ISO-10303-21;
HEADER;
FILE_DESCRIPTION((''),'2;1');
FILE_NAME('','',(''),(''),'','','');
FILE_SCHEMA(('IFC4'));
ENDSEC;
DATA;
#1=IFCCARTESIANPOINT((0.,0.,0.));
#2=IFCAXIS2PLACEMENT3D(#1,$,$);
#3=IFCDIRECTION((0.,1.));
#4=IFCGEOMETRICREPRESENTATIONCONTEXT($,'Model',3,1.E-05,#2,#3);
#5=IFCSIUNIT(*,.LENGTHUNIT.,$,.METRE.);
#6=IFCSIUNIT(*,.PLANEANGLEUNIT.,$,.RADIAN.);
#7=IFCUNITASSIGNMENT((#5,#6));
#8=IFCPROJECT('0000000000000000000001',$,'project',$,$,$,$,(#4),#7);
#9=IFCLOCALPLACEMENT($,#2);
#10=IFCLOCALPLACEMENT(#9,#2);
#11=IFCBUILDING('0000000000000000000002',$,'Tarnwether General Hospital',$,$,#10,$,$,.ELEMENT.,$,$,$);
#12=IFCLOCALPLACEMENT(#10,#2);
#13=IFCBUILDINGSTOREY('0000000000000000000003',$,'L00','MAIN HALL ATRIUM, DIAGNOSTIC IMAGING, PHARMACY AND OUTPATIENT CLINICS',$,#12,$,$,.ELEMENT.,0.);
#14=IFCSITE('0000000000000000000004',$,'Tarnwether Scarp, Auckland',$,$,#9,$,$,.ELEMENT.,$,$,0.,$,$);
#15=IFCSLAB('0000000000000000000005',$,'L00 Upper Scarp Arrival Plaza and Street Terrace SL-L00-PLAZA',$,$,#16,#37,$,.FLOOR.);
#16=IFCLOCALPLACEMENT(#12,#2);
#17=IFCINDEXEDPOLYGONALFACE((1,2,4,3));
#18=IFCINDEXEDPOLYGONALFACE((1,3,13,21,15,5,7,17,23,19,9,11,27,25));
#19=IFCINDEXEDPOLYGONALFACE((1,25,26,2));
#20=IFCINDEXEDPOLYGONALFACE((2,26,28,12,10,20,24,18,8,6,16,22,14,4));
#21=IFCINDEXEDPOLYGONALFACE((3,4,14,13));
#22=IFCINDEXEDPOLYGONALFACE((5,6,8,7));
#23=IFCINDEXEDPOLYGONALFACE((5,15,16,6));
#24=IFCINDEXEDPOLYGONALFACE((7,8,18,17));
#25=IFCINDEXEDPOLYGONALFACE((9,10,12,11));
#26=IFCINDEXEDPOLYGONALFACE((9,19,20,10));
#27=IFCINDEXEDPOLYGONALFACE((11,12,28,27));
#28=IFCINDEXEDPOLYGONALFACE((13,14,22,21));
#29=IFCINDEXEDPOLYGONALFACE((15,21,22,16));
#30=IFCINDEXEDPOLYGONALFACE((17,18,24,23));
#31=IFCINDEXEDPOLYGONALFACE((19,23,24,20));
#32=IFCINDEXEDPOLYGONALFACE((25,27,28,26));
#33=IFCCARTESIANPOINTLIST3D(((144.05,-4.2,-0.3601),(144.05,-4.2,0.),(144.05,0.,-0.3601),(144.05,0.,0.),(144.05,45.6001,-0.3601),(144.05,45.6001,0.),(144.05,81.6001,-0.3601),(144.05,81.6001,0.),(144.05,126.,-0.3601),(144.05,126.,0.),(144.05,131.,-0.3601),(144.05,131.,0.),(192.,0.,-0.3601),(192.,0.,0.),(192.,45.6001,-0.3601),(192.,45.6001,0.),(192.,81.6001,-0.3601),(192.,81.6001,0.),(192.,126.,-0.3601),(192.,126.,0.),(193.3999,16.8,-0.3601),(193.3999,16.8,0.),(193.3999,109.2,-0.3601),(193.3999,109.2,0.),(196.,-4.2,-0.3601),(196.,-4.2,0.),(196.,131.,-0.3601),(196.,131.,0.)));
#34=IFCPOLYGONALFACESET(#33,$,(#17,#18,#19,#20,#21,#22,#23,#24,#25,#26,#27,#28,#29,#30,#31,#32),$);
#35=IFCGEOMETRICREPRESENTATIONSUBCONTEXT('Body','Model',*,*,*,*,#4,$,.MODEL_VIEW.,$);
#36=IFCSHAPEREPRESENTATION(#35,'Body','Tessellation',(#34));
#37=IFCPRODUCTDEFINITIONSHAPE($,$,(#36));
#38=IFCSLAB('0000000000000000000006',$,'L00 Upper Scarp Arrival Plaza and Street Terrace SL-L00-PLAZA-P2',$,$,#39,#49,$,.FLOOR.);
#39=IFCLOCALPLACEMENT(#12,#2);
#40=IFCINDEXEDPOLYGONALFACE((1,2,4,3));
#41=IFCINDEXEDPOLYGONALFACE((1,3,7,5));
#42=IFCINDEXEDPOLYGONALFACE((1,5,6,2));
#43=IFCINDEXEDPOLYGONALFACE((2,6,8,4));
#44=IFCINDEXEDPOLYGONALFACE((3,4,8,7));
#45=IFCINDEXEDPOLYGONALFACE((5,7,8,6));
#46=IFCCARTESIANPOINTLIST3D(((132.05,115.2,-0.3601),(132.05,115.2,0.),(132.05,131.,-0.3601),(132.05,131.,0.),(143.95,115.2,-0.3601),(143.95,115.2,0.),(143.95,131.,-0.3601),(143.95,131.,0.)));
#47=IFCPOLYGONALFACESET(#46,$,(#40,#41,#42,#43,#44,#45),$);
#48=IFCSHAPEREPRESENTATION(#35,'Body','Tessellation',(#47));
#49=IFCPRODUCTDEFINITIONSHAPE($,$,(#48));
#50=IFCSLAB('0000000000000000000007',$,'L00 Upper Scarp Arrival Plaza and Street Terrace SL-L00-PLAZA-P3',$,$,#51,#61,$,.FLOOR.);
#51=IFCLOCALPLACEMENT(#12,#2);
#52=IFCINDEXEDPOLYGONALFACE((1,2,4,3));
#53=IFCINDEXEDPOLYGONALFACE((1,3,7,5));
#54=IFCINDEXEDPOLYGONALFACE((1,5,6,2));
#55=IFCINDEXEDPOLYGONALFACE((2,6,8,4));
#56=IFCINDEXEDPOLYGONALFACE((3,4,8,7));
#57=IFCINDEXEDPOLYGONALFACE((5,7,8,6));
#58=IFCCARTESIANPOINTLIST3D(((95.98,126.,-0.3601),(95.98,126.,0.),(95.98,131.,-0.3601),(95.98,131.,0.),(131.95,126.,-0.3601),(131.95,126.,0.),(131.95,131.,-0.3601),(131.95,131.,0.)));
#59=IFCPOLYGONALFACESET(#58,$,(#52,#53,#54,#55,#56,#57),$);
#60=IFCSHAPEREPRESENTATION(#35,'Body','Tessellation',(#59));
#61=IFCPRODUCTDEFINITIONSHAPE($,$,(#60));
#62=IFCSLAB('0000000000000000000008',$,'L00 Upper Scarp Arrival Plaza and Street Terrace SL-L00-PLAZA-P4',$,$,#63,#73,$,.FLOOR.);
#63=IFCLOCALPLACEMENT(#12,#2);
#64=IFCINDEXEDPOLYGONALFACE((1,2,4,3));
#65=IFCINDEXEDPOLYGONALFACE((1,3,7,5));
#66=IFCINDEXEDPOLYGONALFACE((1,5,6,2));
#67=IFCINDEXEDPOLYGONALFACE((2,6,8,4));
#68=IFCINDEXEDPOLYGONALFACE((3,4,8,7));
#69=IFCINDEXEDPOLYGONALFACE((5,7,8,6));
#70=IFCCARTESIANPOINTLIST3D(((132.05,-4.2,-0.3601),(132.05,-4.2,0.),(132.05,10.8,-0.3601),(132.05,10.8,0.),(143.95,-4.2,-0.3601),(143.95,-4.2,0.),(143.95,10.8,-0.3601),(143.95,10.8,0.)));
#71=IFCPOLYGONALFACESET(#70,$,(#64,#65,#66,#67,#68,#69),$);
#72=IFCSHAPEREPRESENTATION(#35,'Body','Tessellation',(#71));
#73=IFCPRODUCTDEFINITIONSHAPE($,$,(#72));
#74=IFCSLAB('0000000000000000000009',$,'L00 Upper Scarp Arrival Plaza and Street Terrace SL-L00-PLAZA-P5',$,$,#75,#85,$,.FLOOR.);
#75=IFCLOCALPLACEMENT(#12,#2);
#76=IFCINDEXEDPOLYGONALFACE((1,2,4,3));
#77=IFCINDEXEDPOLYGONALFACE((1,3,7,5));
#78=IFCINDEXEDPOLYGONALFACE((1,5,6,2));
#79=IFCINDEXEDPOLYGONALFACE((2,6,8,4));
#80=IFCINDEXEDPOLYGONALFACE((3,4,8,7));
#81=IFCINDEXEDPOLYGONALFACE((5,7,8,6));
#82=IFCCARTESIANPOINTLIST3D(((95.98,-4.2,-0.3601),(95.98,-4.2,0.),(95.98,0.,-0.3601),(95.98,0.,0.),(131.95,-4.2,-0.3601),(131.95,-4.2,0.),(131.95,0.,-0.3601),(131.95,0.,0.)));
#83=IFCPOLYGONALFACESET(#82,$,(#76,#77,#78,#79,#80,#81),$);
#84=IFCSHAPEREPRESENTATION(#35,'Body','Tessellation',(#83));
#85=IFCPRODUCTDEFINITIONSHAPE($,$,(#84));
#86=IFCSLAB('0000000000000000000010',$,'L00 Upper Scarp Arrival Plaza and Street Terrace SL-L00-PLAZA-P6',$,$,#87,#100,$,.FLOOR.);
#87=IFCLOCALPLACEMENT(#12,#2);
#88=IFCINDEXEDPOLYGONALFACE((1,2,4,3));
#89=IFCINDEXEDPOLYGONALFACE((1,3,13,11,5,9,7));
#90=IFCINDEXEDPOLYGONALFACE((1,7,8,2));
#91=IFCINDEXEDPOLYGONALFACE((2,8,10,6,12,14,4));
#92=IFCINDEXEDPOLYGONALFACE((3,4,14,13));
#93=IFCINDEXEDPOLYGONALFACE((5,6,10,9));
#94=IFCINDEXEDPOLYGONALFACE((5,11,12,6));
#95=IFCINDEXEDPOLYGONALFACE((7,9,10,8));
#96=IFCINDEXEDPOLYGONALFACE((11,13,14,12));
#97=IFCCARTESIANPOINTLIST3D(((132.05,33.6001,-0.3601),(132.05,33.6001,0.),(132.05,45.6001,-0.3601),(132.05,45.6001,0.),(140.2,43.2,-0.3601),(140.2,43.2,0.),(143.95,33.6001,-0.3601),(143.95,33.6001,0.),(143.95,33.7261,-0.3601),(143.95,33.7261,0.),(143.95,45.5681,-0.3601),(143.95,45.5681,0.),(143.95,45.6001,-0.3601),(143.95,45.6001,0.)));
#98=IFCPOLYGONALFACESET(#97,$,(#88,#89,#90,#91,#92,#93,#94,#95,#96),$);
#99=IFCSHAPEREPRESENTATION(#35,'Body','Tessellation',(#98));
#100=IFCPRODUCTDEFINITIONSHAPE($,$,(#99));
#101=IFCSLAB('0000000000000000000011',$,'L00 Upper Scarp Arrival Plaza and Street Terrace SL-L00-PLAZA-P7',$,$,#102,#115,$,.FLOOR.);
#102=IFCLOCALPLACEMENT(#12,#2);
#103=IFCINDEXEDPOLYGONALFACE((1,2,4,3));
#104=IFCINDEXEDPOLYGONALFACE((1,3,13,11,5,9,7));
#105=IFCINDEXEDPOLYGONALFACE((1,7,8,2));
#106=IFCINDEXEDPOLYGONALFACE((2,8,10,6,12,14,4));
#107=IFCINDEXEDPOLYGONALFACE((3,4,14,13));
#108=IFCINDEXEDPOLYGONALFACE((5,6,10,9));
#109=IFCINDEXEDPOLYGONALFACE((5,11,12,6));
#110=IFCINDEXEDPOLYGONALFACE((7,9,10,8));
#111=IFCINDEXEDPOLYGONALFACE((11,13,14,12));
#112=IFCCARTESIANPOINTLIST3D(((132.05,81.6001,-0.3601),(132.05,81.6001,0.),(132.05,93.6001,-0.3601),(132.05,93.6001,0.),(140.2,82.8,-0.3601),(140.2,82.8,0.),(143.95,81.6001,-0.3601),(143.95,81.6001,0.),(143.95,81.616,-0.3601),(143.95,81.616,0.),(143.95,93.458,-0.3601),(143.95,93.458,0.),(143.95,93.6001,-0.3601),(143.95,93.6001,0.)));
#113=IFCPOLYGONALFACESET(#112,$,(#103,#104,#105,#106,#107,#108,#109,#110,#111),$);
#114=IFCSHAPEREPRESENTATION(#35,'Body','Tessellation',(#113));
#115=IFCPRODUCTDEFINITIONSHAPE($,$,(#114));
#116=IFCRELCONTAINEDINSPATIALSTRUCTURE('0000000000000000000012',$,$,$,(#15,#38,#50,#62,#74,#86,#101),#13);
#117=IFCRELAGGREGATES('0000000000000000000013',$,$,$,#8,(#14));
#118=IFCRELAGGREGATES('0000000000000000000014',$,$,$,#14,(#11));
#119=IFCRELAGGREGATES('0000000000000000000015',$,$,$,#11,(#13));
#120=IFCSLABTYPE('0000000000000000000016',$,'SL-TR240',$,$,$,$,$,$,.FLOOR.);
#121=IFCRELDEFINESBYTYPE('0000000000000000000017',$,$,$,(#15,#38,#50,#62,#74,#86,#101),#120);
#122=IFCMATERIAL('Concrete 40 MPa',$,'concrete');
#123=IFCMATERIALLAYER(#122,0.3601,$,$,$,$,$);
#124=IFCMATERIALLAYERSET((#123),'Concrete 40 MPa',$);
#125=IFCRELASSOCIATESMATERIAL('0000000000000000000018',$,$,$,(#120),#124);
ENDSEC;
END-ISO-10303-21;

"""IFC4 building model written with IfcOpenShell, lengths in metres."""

from ifc_helpers import new_model, si_unit, direction, frame, origin, place, context, subcontext, project, spatial, polyline, outline, extrude, material, layer, layer_set, type_object, element, save


model = new_model("IFC4")

# Units and contexts
model_context = context("Model", 3, precision=1e-05, world=origin(), true_north=direction((0.0, 1.0)))
body_context = subcontext(model_context, "Body", "Model", "MODEL_VIEW")
ifc_project = project(units=[si_unit("LENGTHUNIT", "METRE"), si_unit("PLANEANGLEUNIT", "RADIAN")], contexts=[model_context])

# Site, building, storey
site_placement = place(None, origin())
site = spatial("IfcSite", under=ifc_project, at=site_placement, Name="Tarnwether Scarp, Auckland", CompositionType="ELEMENT", RefElevation=0.0)
building_placement = place(site_placement, origin())
building = spatial("IfcBuilding", under=site, at=building_placement, Name="Tarnwether General Hospital", CompositionType="ELEMENT")
storey_placement = place(building_placement, origin())
storey = spatial("IfcBuildingStorey", under=building, at=storey_placement, Name="L00", Description="MAIN HALL ATRIUM, DIAGNOSTIC IMAGING, PHARMACY AND OUTPATIENT CLINICS", CompositionType="ELEMENT", Elevation=0.0)

# Slabs
ifc_material_1 = material(Name="Concrete 40 MPa", Category="concrete")
ifc_layer_1 = layer(ifc_material_1, 0.3601)
ifc_layer_set_1 = layer_set([ifc_layer_1], Name="Concrete 40 MPa")
slab_type_1 = type_object("IfcSlabType", Name="SL-TR240", PredefinedType="FLOOR", material=ifc_layer_set_1)
slab_1_placement = place(storey_placement, frame((0.0, 0.0, -0.3601)))
element("IfcSlab", 1, at=slab_1_placement, inside=storey, type_object=slab_type_1, Name="L00 Upper Scarp Arrival Plaza and Street Terrace SL-L00-PLAZA", PredefinedType="FLOOR", context=body_context, shape_type="SweptSolid", body=[
    extrude(outline(polyline([(196.0, 131.0), (196.0, -4.2), (144.05, -4.2), (144.05, 0.0), (192.0, 0.0), (193.3999, 16.8), (192.0, 45.6001), (144.05, 45.6001), (144.05, 81.6001), (192.0, 81.6001), (193.3999, 109.2), (192.0, 126.0), (144.05, 126.0), (144.05, 131.0), (196.0, 131.0)])), origin(), (0.0, 0.0, 1.0), 0.3601),
])
slab_2_placement = place(storey_placement, frame((0.0, 0.0, -0.3601)))
element("IfcSlab", 2, at=slab_2_placement, inside=storey, type_object=slab_type_1, Name="L00 Upper Scarp Arrival Plaza and Street Terrace SL-L00-PLAZA-P2", PredefinedType="FLOOR", context=body_context, shape_type="SweptSolid", body=[
    extrude(outline(polyline([(143.95, 131.0), (143.95, 115.2), (132.05, 115.2), (132.05, 131.0), (143.95, 131.0)])), origin(), (0.0, 0.0, 1.0), 0.3601),
])
slab_3_placement = place(storey_placement, frame((0.0, 0.0, -0.3601)))
element("IfcSlab", 3, at=slab_3_placement, inside=storey, type_object=slab_type_1, Name="L00 Upper Scarp Arrival Plaza and Street Terrace SL-L00-PLAZA-P3", PredefinedType="FLOOR", context=body_context, shape_type="SweptSolid", body=[
    extrude(outline(polyline([(131.95, 131.0), (131.95, 126.0), (95.98, 126.0), (95.98, 131.0), (131.95, 131.0)])), origin(), (0.0, 0.0, 1.0), 0.3601),
])
slab_4_placement = place(storey_placement, frame((0.0, 0.0, -0.3601)))
element("IfcSlab", 4, at=slab_4_placement, inside=storey, type_object=slab_type_1, Name="L00 Upper Scarp Arrival Plaza and Street Terrace SL-L00-PLAZA-P4", PredefinedType="FLOOR", context=body_context, shape_type="SweptSolid", body=[
    extrude(outline(polyline([(132.05, -4.2), (132.05, 10.8), (143.95, 10.8), (143.95, -4.2), (132.05, -4.2)])), origin(), (0.0, 0.0, 1.0), 0.3601),
])
slab_5_placement = place(storey_placement, frame((0.0, 0.0, -0.3601)))
element("IfcSlab", 5, at=slab_5_placement, inside=storey, type_object=slab_type_1, Name="L00 Upper Scarp Arrival Plaza and Street Terrace SL-L00-PLAZA-P5", PredefinedType="FLOOR", context=body_context, shape_type="SweptSolid", body=[
    extrude(outline(polyline([(95.98, -4.2), (95.98, 0.0), (131.95, 0.0), (131.95, -4.2), (95.98, -4.2)])), origin(), (0.0, 0.0, 1.0), 0.3601),
])
slab_6_placement = place(storey_placement, frame((0.0, 0.0, -0.3601)))
element("IfcSlab", 6, at=slab_6_placement, inside=storey, type_object=slab_type_1, Name="L00 Upper Scarp Arrival Plaza and Street Terrace SL-L00-PLAZA-P6", PredefinedType="FLOOR", context=body_context, shape_type="SweptSolid", body=[
    extrude(outline(polyline([(143.95, 33.7261), (143.95, 33.6001), (132.05, 33.6001), (132.05, 45.6001), (143.95, 45.6001), (143.95, 45.5681), (140.2, 43.2), (143.95, 33.7261)])), origin(), (0.0, 0.0, 1.0), 0.3601),
])
slab_7_placement = place(storey_placement, frame((0.0, 0.0, -0.3601)))
element("IfcSlab", 7, at=slab_7_placement, inside=storey, type_object=slab_type_1, Name="L00 Upper Scarp Arrival Plaza and Street Terrace SL-L00-PLAZA-P7", PredefinedType="FLOOR", context=body_context, shape_type="SweptSolid", body=[
    extrude(outline(polyline([(143.95, 93.6001), (143.95, 93.458), (140.2, 82.8), (143.95, 81.616), (143.95, 81.6001), (132.05, 81.6001), (132.05, 93.6001), (143.95, 93.6001)])), origin(), (0.0, 0.0, 1.0), 0.3601),
])

save(model, "model.ifc")
